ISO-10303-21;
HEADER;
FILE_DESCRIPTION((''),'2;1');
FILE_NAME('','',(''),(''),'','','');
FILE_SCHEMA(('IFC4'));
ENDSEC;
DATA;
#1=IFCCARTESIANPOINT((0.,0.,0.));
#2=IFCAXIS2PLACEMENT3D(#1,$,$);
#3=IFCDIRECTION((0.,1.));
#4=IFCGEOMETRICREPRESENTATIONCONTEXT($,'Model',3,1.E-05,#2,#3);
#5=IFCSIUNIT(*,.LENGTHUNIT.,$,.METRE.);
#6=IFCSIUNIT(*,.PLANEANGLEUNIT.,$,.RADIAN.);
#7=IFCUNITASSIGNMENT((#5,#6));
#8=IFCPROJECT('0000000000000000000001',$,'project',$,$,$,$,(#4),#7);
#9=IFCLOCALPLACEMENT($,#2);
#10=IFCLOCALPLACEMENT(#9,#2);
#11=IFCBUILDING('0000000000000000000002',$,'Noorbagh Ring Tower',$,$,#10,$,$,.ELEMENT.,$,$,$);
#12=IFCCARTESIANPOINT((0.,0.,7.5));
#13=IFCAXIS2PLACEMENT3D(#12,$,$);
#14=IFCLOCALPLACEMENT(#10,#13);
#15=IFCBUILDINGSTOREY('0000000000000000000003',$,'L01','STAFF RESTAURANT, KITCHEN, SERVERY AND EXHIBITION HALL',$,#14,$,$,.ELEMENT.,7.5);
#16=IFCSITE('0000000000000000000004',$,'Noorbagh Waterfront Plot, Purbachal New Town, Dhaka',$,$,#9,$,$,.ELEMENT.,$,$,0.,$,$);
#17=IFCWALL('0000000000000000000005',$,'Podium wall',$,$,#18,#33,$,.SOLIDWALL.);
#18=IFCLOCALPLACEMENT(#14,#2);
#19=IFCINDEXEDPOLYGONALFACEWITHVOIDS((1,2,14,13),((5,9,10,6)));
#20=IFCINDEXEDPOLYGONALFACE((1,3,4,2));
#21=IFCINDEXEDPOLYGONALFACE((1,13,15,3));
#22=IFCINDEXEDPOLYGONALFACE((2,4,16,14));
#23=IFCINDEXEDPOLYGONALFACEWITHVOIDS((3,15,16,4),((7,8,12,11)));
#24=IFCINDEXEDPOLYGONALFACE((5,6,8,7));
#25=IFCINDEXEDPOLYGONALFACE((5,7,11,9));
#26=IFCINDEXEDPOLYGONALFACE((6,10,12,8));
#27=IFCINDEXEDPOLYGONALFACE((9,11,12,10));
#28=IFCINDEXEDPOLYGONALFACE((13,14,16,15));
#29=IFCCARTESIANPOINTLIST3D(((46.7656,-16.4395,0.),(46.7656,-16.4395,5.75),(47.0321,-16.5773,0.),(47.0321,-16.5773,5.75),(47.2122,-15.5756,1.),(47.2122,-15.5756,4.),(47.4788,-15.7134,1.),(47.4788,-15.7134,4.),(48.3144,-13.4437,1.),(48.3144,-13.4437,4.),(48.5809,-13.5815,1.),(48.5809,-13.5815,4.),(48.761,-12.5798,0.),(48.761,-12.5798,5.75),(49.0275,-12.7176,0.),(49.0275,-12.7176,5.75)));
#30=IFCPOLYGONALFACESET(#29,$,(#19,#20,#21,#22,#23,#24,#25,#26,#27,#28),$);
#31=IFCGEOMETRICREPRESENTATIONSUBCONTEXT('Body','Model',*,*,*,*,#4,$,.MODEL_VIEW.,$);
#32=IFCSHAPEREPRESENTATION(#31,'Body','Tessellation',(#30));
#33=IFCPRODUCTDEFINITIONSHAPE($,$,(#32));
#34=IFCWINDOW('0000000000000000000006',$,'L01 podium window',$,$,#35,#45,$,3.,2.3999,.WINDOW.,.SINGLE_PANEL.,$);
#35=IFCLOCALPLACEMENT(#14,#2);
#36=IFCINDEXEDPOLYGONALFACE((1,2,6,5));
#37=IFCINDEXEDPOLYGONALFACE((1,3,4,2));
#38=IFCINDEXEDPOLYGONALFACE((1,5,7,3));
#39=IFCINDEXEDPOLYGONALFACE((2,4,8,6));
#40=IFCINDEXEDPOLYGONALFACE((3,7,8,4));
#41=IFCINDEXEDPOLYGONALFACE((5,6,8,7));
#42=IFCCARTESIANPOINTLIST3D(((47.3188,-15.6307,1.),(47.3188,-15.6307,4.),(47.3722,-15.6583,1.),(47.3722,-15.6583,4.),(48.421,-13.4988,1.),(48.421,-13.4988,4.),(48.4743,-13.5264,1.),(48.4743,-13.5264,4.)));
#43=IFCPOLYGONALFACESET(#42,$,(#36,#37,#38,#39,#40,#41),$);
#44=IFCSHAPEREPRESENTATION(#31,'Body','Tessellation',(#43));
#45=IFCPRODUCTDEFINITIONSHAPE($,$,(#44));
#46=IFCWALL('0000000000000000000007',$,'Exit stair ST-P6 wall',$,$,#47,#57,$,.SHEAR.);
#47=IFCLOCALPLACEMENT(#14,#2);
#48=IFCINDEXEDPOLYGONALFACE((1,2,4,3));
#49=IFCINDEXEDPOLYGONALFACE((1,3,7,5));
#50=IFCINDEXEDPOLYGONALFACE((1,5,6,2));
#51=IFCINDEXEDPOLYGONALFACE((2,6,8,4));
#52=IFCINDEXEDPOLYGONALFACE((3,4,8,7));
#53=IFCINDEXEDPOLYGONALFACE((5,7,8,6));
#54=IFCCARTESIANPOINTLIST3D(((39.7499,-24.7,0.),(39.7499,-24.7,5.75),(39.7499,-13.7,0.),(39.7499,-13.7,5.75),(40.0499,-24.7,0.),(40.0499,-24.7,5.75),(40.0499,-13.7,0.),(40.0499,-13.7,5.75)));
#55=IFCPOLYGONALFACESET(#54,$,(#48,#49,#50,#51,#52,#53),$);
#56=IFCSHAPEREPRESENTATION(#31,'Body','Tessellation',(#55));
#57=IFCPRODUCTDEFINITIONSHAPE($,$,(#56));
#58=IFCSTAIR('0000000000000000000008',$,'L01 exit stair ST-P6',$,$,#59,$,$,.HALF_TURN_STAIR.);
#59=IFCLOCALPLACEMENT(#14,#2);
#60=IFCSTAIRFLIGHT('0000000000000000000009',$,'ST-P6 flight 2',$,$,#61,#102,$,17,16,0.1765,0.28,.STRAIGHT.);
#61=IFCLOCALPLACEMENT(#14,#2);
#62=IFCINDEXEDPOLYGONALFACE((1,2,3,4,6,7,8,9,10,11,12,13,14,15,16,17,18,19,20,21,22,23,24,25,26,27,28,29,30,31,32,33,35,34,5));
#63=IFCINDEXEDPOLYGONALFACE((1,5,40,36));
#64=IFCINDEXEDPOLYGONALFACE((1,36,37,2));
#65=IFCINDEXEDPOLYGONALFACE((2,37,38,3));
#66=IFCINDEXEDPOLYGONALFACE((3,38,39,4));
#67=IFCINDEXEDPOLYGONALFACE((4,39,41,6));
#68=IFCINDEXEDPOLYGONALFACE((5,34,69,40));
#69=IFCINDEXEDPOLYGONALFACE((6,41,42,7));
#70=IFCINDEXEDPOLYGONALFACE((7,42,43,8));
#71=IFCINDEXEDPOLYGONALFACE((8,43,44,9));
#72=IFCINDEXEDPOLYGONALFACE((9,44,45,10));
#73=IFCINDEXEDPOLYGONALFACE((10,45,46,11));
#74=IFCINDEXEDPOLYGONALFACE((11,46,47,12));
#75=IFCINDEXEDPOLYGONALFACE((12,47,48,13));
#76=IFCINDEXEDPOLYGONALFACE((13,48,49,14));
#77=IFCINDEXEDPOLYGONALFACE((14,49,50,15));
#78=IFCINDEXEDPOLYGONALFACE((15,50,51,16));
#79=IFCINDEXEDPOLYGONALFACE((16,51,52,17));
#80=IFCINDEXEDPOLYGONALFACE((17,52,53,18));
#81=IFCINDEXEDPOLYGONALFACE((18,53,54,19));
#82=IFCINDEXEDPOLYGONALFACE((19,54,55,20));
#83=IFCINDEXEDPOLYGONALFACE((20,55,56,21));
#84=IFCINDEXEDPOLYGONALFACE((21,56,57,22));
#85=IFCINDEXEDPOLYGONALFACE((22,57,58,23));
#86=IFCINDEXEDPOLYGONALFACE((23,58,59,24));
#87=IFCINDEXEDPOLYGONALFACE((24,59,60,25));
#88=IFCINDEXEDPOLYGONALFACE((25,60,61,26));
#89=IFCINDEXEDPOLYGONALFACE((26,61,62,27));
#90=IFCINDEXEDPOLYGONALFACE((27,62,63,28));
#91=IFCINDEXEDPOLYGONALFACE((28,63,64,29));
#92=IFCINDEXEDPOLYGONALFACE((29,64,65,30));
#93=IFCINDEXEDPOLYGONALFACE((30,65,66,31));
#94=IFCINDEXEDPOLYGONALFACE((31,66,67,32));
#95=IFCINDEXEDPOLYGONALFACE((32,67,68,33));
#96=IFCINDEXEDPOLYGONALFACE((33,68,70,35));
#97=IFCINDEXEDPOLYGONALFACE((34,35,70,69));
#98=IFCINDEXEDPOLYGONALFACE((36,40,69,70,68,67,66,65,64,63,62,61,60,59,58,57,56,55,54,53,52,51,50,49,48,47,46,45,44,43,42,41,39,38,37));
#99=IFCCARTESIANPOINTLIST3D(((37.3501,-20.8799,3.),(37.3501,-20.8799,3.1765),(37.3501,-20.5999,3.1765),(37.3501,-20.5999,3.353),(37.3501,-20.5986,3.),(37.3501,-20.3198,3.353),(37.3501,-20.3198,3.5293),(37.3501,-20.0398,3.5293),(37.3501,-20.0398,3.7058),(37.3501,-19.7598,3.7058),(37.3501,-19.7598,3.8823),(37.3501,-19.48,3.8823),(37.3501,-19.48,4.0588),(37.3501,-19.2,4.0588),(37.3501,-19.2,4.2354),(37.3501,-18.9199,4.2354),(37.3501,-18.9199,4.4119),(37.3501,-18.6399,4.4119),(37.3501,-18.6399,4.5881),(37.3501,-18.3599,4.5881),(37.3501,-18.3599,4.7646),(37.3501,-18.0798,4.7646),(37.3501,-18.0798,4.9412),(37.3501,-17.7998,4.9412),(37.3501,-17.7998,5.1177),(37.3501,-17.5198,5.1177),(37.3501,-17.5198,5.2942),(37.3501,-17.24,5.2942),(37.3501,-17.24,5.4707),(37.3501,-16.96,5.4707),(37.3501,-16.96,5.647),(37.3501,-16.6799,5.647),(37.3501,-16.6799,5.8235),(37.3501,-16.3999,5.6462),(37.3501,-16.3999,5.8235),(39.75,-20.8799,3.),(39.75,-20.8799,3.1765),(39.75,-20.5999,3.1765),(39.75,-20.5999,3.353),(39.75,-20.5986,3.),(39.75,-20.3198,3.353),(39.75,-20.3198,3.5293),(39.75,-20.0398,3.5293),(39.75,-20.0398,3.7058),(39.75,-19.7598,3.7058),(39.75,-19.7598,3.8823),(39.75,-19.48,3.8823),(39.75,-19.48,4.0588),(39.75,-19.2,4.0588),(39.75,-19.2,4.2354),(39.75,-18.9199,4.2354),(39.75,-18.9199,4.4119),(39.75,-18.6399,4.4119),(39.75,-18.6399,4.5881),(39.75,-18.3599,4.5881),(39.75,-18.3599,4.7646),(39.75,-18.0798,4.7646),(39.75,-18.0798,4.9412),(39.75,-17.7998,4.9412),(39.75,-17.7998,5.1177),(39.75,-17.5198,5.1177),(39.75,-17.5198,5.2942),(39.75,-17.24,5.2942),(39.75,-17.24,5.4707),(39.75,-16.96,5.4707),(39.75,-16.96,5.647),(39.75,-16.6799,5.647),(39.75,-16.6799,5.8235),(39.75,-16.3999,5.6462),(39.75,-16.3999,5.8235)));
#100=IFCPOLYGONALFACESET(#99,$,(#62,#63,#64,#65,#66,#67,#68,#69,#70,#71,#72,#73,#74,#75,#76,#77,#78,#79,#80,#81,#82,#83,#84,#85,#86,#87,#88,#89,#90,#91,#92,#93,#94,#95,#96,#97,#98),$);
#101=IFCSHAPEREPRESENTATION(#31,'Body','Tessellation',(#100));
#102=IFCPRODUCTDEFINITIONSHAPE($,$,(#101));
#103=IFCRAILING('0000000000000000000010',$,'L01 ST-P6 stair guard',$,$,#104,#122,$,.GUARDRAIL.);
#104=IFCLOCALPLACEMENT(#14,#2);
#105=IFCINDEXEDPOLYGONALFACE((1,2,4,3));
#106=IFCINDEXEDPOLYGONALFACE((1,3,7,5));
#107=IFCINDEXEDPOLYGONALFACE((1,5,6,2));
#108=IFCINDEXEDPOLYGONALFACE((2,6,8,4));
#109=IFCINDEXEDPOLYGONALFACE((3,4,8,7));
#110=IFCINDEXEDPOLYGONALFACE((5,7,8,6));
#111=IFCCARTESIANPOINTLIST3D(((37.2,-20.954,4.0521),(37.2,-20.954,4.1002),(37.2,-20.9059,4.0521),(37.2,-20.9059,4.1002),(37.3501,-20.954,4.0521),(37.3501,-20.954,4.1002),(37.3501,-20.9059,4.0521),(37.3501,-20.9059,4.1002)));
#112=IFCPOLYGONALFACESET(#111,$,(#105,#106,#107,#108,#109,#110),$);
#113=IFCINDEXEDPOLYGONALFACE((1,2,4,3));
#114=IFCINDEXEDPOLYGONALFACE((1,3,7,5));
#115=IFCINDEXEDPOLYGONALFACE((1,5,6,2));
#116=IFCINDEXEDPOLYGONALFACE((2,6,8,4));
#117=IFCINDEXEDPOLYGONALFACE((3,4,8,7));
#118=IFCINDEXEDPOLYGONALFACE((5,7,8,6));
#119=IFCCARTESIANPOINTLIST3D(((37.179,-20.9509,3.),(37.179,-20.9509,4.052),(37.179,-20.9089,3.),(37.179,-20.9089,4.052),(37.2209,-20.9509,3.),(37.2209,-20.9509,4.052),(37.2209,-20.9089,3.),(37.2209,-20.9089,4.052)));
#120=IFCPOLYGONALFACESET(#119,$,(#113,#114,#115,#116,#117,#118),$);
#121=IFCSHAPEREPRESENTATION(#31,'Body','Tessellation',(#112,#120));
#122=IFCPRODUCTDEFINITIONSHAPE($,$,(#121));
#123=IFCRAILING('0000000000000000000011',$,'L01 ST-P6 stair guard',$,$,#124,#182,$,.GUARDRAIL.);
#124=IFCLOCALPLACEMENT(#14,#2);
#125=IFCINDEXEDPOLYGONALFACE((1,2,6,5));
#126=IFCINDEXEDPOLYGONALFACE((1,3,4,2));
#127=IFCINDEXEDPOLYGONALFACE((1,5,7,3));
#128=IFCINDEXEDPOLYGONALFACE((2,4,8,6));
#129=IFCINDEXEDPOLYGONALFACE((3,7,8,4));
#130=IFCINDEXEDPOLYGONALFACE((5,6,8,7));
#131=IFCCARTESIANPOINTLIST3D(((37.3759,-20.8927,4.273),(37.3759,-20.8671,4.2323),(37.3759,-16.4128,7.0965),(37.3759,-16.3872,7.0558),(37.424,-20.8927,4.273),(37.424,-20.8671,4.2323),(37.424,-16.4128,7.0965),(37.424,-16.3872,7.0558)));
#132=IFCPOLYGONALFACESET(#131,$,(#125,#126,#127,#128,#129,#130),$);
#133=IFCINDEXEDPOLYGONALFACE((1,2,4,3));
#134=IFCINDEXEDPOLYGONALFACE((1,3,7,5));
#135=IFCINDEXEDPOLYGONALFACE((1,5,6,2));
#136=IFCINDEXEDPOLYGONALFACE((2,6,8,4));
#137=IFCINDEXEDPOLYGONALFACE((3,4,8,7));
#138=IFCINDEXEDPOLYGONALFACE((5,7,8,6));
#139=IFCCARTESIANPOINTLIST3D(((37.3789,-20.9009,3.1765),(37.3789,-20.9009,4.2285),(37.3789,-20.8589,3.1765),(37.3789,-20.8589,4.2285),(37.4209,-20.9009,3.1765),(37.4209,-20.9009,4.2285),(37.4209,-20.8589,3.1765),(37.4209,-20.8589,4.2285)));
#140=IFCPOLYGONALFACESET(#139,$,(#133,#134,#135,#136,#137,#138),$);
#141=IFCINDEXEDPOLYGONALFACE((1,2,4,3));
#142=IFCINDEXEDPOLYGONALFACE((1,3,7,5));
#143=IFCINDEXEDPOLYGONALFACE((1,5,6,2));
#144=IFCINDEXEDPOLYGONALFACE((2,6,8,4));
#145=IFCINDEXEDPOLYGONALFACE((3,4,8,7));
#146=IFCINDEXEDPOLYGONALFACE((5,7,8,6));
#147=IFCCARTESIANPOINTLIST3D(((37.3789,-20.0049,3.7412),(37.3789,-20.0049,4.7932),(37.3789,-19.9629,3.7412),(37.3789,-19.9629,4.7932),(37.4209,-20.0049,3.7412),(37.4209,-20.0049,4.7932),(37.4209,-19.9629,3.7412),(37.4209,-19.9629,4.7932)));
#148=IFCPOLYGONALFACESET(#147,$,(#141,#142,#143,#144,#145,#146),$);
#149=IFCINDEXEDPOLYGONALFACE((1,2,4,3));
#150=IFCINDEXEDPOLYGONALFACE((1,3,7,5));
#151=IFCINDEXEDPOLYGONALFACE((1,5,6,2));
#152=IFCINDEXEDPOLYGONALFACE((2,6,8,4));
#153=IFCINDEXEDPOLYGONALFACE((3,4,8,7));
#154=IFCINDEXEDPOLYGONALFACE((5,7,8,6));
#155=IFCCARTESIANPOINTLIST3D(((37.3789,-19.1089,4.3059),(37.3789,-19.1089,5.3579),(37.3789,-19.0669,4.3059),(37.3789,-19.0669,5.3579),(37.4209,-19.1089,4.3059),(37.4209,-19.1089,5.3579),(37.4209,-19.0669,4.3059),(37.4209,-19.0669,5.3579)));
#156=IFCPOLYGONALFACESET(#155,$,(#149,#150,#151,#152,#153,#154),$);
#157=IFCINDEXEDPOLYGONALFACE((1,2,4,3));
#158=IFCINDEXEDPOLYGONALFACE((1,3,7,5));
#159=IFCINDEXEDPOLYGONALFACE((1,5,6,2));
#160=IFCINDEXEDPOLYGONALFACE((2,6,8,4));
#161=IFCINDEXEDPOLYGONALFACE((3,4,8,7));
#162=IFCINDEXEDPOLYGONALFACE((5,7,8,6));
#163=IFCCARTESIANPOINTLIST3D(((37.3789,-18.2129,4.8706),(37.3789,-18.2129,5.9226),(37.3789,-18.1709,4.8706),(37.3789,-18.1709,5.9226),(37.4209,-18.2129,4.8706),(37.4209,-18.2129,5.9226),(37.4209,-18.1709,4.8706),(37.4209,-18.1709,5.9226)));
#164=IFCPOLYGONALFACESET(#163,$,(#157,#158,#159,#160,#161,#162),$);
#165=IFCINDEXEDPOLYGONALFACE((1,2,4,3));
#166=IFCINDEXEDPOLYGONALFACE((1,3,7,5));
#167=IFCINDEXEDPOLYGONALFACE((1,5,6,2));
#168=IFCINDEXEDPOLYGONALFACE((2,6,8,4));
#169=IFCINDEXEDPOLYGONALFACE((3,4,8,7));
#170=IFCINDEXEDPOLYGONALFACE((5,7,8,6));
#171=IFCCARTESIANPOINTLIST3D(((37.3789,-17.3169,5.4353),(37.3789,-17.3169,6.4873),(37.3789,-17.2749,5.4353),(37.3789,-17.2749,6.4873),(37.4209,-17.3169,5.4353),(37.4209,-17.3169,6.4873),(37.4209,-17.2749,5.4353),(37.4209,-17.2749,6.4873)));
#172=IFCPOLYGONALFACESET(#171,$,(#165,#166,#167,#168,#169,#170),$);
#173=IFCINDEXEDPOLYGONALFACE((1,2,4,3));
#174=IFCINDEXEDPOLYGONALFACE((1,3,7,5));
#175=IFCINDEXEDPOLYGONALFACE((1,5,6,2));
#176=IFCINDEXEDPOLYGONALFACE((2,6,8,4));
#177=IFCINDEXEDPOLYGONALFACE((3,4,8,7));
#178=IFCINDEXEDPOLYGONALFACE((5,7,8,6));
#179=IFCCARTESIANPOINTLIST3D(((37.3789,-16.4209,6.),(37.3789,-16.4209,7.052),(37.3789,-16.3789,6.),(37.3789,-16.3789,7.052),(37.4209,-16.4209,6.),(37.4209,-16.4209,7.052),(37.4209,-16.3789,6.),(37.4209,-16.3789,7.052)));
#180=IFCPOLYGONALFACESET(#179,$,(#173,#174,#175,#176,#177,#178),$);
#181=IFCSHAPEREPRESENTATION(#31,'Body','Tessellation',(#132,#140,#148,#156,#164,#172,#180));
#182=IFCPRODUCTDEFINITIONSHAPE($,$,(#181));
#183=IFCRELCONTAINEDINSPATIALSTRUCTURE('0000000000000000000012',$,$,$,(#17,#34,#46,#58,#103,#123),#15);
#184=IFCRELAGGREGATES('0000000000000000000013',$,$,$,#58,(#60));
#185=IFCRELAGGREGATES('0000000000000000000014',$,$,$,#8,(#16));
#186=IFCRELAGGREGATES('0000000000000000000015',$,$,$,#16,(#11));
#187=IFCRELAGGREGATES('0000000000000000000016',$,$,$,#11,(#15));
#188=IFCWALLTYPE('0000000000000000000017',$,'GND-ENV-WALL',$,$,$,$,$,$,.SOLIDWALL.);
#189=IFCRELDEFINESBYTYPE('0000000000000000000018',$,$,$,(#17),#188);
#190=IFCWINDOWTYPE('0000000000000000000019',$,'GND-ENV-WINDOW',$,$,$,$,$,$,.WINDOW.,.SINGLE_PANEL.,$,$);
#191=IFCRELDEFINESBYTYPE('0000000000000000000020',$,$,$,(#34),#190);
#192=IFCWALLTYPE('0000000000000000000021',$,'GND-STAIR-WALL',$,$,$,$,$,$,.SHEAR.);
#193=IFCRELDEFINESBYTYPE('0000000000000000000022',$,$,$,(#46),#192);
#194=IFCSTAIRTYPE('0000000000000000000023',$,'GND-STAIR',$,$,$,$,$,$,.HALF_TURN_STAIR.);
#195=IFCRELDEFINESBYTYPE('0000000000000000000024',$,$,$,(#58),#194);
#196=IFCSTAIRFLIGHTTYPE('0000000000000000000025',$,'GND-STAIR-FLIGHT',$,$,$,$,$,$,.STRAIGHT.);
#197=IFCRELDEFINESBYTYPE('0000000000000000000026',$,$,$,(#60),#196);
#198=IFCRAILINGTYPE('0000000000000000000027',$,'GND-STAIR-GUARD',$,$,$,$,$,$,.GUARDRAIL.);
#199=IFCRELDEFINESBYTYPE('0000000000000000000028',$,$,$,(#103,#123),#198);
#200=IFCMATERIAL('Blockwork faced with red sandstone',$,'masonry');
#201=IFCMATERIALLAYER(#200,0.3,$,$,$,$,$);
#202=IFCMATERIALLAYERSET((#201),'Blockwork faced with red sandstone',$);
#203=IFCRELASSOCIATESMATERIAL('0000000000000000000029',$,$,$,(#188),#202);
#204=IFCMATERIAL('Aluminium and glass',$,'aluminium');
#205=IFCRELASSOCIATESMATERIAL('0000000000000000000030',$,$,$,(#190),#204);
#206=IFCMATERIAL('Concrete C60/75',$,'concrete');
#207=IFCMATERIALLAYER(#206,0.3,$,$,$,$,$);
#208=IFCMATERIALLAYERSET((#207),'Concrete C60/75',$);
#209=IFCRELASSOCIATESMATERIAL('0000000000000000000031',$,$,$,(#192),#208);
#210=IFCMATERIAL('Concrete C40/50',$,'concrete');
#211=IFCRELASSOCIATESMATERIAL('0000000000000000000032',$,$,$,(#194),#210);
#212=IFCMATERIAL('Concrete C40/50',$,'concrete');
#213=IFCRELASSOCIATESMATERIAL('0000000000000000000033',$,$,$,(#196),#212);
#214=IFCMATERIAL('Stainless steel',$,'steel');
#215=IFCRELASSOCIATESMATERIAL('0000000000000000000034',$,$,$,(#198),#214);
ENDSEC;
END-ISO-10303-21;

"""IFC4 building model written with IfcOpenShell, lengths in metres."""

from ifc_helpers import new_model, si_unit, direction, frame, frame_2d, origin, origin_2d, place, context, subcontext, project, spatial, polyline, rectangle, outline, extrude, material, layer, layer_set, type_object, element, fill, aggregate, save


model = new_model("IFC4")

# Units and contexts
model_context = context("Model", 3, precision=1e-05, world=origin(), true_north=direction((0.0, 1.0)))
body_context = subcontext(model_context, "Body", "Model", "MODEL_VIEW")
ifc_project = project(units=[si_unit("LENGTHUNIT", "METRE"), si_unit("PLANEANGLEUNIT", "RADIAN")], contexts=[model_context])

# Site, building, storey
site_placement = place(None, origin())
site = spatial("IfcSite", under=ifc_project, at=site_placement, Name="Noorbagh Waterfront Plot, Purbachal New Town, Dhaka", CompositionType="ELEMENT", RefElevation=0.0)
building_placement = place(site_placement, origin())
building = spatial("IfcBuilding", under=site, at=building_placement, Name="Noorbagh Ring Tower", CompositionType="ELEMENT")
storey_placement = place(building_placement, frame((0.0, 0.0, 7.5)))
storey = spatial("IfcBuildingStorey", under=building, at=storey_placement, Name="L01", Description="STAFF RESTAURANT, KITCHEN, SERVERY AND EXHIBITION HALL", CompositionType="ELEMENT", Elevation=7.5)

# Shared definitions
ifc_material_1 = material(Name="Blockwork faced with red sandstone", Category="masonry")
ifc_layer_1 = layer(ifc_material_1, 0.3)
ifc_layer_set_1 = layer_set([ifc_layer_1], Name="Blockwork faced with red sandstone")
wall_type_1 = type_object("IfcWallType", Name="GND-ENV-WALL", PredefinedType="SOLIDWALL", material=ifc_layer_set_1)

# Wall, opening, window
ifc_material_2 = material(Name="Aluminium and glass", Category="aluminium")
window_type = type_object("IfcWindowType", Name="GND-ENV-WINDOW", PartitioningType="SINGLE_PANEL", PredefinedType="WINDOW", material=ifc_material_2)
wall_1_placement = place(storey_placement, frame((46.8989, -16.5083, 0.0), z_axis=(0.0, 0.0, 1.0), x_axis=(0.459243, 0.888311, 0.0)))
wall_1 = element("IfcWall", 1, at=wall_1_placement, inside=storey, type_object=wall_type_1, Name="Podium wall", PredefinedType="SOLIDWALL", context=body_context, shape_type="SweptSolid", body=[
    extrude(rectangle(XDim=4.345, YDim=0.3, at=frame_2d((2.1724, 0.0))), origin(), (0.0, 0.0, 1.0), 5.75),
])
opening_1_placement = place(wall_1_placement, frame((0.9724, 0.0, 1.0)))
opening_1 = element("IfcOpeningElement", 2, at=opening_1_placement, cuts=wall_1, PredefinedType="OPENING", context=body_context, shape_type="SweptSolid", body=[
    extrude(rectangle(XDim=2.3999, YDim=3.0, at=frame_2d((1.2, 1.5))), frame((0.0, 0.1602, 0.0), z_axis=(0.0, -1.0, 0.0), x_axis=(1.0, 0.0, 0.0)), (0.0, 0.0, 1.0), 0.3201),
])
window_1_placement = place(opening_1_placement, origin())
window_1 = element("IfcWindow", 3, at=window_1_placement, inside=storey, type_object=window_type, Name="L01 podium window", OverallHeight=3.0, OverallWidth=2.3999, PartitioningType="SINGLE_PANEL", PredefinedType="WINDOW", context=body_context, shape_type="SweptSolid", body=[
    extrude(rectangle(XDim=2.3999, YDim=3.0, at=frame_2d((1.2, 1.5))), frame((0.0, 0.03, 0.0), z_axis=(0.0, -1.0, 0.0), x_axis=(1.0, 0.0, 0.0)), (0.0, 0.0, 1.0), 0.0601),
])
fill(opening_1, window_1)

# Wall
ifc_material_3 = material(Name="Concrete C60/75", Category="concrete")
ifc_layer_2 = layer(ifc_material_3, 0.3)
ifc_layer_set_2 = layer_set([ifc_layer_2], Name="Concrete C60/75")
wall_type_2 = type_object("IfcWallType", Name="GND-STAIR-WALL", PredefinedType="SHEAR", material=ifc_layer_set_2)
wall_2_placement = place(storey_placement, frame((39.8999, -24.7, 0.0), z_axis=(0.0, 0.0, 1.0), x_axis=(0.0, 1.0, 0.0)))
element("IfcWall", 4, at=wall_2_placement, inside=storey, type_object=wall_type_2, Name="Exit stair ST-P6 wall", PredefinedType="SHEAR", context=body_context, shape_type="SweptSolid", body=[
    extrude(rectangle(XDim=11.0, YDim=0.3, at=frame_2d((5.5, 0.0))), origin(), (0.0, 0.0, 1.0), 5.75),
])

# Stair, stair flight
ifc_material_4 = material(Name="Concrete C40/50", Category="concrete")
stair_type = type_object("IfcStairType", Name="GND-STAIR", PredefinedType="HALF_TURN_STAIR", material=ifc_material_4)
stair_placement = place(storey_placement, origin())
stair = element("IfcStair", 5, at=stair_placement, inside=storey, type_object=stair_type, Name="L01 exit stair ST-P6", PredefinedType="HALF_TURN_STAIR")
ifc_material_5 = material(Name="Concrete C40/50", Category="concrete")
stair_flight_type = type_object("IfcStairFlightType", Name="GND-STAIR-FLIGHT", PredefinedType="STRAIGHT", material=ifc_material_5)
stair_flight_placement = place(storey_placement, frame((38.55, -20.8799, 3.0), z_axis=(0.0, 0.0, 1.0), x_axis=(0.0, 1.0, 0.0)))
stair_flight = element("IfcStairFlight", 6, at=stair_flight_placement, type_object=stair_flight_type, Name="ST-P6 flight 2", NumberOfRisers=17, NumberOfTreads=16, PredefinedType="STRAIGHT", RiserHeight=0.1765, TreadLength=0.28, context=body_context, shape_type="SweptSolid", body=[
    extrude(outline(polyline([(0.0, 0.0), (0.0, 0.1765), (0.28, 0.1765), (0.28, 0.353), (0.5601, 0.353), (0.5601, 0.5293), (0.8401, 0.5293), (0.8401, 0.7058), (1.1201, 0.7058), (1.1201, 0.8823), (1.3999, 0.8823), (1.3999, 1.0588), (1.6799, 1.0588), (1.6799, 1.2354), (1.96, 1.2354), (1.96, 1.4119), (2.24, 1.4119), (2.24, 1.5881), (2.52, 1.5881), (2.52, 1.7646), (2.8, 1.7646), (2.8, 1.9412), (3.0801, 1.9412), (3.0801, 2.1177), (3.3601, 2.1177), (3.3601, 2.2942), (3.6399, 2.2942), (3.6399, 2.4707), (3.9199, 2.4707), (3.9199, 2.647), (4.2, 2.647), (4.2, 2.8235), (4.48, 2.8235), (4.48, 3.0), (4.48, 2.6462), (0.2812, 0.0), (0.0, 0.0)])), frame((0.0, 1.2, 0.0), z_axis=(0.0, -1.0, 0.0), x_axis=(1.0, 0.0, 0.0)), (0.0, 0.0, 1.0), 2.3999),
])
aggregate(stair, [stair_flight])

# Railings
ifc_material_6 = material(Name="Stainless steel", Category="steel")
railing_type = type_object("IfcRailingType", Name="GND-STAIR-GUARD", PredefinedType="GUARDRAIL", material=ifc_material_6)
railing_1_placement = place(storey_placement, frame((37.2, -20.9299, 3.0)))
element("IfcRailing", 7, at=railing_1_placement, inside=storey, type_object=railing_type, Name="L01 ST-P6 stair guard", PredefinedType="GUARDRAIL", context=body_context, shape_type="SweptSolid", body=[
    extrude(rectangle(XDim=0.0481, YDim=0.0481, at=origin_2d()), frame((0.0, 0.0, 1.0762), z_axis=(1.0, 0.0, 0.0), x_axis=(0.0, 1.0, 0.0)), (0.0, 0.0, 1.0), 0.1501),
    extrude(rectangle(XDim=0.042, YDim=0.042, at=origin_2d()), origin(), (0.0, 0.0, 1.0), 1.052),
])
railing_2_placement = place(storey_placement, frame((37.3999, -20.8799, 3.1765)))
element("IfcRailing", 8, at=railing_2_placement, inside=storey, type_object=railing_type, Name="L01 ST-P6 stair guard", PredefinedType="GUARDRAIL", context=body_context, shape_type="SweptSolid", body=[
    extrude(rectangle(XDim=0.0481, YDim=0.0481, at=origin_2d()), frame((0.0, 0.0, 1.0762), z_axis=(0.0, 0.845998, 0.533186), x_axis=(-1.0, 0.0, 0.0)), (0.0, 0.0, 1.0), 5.2954),
    extrude(rectangle(XDim=0.042, YDim=0.042, at=origin_2d()), origin(), (0.0, 0.0, 1.0), 1.052),
    extrude(rectangle(XDim=0.042, YDim=0.042, at=origin_2d()), frame((0.0, 0.896, 0.5647)), (0.0, 0.0, 1.0), 1.052),
    extrude(rectangle(XDim=0.042, YDim=0.042, at=origin_2d()), frame((0.0, 1.792, 1.1294)), (0.0, 0.0, 1.0), 1.052),
    extrude(rectangle(XDim=0.042, YDim=0.042, at=origin_2d()), frame((0.0, 2.688, 1.6941)), (0.0, 0.0, 1.0), 1.052),
    extrude(rectangle(XDim=0.042, YDim=0.042, at=origin_2d()), frame((0.0, 3.584, 2.2588)), (0.0, 0.0, 1.0), 1.052),
    extrude(rectangle(XDim=0.042, YDim=0.042, at=origin_2d()), frame((0.0, 4.48, 2.8235)), (0.0, 0.0, 1.0), 1.052),
])

save(model, "model.ifc")
